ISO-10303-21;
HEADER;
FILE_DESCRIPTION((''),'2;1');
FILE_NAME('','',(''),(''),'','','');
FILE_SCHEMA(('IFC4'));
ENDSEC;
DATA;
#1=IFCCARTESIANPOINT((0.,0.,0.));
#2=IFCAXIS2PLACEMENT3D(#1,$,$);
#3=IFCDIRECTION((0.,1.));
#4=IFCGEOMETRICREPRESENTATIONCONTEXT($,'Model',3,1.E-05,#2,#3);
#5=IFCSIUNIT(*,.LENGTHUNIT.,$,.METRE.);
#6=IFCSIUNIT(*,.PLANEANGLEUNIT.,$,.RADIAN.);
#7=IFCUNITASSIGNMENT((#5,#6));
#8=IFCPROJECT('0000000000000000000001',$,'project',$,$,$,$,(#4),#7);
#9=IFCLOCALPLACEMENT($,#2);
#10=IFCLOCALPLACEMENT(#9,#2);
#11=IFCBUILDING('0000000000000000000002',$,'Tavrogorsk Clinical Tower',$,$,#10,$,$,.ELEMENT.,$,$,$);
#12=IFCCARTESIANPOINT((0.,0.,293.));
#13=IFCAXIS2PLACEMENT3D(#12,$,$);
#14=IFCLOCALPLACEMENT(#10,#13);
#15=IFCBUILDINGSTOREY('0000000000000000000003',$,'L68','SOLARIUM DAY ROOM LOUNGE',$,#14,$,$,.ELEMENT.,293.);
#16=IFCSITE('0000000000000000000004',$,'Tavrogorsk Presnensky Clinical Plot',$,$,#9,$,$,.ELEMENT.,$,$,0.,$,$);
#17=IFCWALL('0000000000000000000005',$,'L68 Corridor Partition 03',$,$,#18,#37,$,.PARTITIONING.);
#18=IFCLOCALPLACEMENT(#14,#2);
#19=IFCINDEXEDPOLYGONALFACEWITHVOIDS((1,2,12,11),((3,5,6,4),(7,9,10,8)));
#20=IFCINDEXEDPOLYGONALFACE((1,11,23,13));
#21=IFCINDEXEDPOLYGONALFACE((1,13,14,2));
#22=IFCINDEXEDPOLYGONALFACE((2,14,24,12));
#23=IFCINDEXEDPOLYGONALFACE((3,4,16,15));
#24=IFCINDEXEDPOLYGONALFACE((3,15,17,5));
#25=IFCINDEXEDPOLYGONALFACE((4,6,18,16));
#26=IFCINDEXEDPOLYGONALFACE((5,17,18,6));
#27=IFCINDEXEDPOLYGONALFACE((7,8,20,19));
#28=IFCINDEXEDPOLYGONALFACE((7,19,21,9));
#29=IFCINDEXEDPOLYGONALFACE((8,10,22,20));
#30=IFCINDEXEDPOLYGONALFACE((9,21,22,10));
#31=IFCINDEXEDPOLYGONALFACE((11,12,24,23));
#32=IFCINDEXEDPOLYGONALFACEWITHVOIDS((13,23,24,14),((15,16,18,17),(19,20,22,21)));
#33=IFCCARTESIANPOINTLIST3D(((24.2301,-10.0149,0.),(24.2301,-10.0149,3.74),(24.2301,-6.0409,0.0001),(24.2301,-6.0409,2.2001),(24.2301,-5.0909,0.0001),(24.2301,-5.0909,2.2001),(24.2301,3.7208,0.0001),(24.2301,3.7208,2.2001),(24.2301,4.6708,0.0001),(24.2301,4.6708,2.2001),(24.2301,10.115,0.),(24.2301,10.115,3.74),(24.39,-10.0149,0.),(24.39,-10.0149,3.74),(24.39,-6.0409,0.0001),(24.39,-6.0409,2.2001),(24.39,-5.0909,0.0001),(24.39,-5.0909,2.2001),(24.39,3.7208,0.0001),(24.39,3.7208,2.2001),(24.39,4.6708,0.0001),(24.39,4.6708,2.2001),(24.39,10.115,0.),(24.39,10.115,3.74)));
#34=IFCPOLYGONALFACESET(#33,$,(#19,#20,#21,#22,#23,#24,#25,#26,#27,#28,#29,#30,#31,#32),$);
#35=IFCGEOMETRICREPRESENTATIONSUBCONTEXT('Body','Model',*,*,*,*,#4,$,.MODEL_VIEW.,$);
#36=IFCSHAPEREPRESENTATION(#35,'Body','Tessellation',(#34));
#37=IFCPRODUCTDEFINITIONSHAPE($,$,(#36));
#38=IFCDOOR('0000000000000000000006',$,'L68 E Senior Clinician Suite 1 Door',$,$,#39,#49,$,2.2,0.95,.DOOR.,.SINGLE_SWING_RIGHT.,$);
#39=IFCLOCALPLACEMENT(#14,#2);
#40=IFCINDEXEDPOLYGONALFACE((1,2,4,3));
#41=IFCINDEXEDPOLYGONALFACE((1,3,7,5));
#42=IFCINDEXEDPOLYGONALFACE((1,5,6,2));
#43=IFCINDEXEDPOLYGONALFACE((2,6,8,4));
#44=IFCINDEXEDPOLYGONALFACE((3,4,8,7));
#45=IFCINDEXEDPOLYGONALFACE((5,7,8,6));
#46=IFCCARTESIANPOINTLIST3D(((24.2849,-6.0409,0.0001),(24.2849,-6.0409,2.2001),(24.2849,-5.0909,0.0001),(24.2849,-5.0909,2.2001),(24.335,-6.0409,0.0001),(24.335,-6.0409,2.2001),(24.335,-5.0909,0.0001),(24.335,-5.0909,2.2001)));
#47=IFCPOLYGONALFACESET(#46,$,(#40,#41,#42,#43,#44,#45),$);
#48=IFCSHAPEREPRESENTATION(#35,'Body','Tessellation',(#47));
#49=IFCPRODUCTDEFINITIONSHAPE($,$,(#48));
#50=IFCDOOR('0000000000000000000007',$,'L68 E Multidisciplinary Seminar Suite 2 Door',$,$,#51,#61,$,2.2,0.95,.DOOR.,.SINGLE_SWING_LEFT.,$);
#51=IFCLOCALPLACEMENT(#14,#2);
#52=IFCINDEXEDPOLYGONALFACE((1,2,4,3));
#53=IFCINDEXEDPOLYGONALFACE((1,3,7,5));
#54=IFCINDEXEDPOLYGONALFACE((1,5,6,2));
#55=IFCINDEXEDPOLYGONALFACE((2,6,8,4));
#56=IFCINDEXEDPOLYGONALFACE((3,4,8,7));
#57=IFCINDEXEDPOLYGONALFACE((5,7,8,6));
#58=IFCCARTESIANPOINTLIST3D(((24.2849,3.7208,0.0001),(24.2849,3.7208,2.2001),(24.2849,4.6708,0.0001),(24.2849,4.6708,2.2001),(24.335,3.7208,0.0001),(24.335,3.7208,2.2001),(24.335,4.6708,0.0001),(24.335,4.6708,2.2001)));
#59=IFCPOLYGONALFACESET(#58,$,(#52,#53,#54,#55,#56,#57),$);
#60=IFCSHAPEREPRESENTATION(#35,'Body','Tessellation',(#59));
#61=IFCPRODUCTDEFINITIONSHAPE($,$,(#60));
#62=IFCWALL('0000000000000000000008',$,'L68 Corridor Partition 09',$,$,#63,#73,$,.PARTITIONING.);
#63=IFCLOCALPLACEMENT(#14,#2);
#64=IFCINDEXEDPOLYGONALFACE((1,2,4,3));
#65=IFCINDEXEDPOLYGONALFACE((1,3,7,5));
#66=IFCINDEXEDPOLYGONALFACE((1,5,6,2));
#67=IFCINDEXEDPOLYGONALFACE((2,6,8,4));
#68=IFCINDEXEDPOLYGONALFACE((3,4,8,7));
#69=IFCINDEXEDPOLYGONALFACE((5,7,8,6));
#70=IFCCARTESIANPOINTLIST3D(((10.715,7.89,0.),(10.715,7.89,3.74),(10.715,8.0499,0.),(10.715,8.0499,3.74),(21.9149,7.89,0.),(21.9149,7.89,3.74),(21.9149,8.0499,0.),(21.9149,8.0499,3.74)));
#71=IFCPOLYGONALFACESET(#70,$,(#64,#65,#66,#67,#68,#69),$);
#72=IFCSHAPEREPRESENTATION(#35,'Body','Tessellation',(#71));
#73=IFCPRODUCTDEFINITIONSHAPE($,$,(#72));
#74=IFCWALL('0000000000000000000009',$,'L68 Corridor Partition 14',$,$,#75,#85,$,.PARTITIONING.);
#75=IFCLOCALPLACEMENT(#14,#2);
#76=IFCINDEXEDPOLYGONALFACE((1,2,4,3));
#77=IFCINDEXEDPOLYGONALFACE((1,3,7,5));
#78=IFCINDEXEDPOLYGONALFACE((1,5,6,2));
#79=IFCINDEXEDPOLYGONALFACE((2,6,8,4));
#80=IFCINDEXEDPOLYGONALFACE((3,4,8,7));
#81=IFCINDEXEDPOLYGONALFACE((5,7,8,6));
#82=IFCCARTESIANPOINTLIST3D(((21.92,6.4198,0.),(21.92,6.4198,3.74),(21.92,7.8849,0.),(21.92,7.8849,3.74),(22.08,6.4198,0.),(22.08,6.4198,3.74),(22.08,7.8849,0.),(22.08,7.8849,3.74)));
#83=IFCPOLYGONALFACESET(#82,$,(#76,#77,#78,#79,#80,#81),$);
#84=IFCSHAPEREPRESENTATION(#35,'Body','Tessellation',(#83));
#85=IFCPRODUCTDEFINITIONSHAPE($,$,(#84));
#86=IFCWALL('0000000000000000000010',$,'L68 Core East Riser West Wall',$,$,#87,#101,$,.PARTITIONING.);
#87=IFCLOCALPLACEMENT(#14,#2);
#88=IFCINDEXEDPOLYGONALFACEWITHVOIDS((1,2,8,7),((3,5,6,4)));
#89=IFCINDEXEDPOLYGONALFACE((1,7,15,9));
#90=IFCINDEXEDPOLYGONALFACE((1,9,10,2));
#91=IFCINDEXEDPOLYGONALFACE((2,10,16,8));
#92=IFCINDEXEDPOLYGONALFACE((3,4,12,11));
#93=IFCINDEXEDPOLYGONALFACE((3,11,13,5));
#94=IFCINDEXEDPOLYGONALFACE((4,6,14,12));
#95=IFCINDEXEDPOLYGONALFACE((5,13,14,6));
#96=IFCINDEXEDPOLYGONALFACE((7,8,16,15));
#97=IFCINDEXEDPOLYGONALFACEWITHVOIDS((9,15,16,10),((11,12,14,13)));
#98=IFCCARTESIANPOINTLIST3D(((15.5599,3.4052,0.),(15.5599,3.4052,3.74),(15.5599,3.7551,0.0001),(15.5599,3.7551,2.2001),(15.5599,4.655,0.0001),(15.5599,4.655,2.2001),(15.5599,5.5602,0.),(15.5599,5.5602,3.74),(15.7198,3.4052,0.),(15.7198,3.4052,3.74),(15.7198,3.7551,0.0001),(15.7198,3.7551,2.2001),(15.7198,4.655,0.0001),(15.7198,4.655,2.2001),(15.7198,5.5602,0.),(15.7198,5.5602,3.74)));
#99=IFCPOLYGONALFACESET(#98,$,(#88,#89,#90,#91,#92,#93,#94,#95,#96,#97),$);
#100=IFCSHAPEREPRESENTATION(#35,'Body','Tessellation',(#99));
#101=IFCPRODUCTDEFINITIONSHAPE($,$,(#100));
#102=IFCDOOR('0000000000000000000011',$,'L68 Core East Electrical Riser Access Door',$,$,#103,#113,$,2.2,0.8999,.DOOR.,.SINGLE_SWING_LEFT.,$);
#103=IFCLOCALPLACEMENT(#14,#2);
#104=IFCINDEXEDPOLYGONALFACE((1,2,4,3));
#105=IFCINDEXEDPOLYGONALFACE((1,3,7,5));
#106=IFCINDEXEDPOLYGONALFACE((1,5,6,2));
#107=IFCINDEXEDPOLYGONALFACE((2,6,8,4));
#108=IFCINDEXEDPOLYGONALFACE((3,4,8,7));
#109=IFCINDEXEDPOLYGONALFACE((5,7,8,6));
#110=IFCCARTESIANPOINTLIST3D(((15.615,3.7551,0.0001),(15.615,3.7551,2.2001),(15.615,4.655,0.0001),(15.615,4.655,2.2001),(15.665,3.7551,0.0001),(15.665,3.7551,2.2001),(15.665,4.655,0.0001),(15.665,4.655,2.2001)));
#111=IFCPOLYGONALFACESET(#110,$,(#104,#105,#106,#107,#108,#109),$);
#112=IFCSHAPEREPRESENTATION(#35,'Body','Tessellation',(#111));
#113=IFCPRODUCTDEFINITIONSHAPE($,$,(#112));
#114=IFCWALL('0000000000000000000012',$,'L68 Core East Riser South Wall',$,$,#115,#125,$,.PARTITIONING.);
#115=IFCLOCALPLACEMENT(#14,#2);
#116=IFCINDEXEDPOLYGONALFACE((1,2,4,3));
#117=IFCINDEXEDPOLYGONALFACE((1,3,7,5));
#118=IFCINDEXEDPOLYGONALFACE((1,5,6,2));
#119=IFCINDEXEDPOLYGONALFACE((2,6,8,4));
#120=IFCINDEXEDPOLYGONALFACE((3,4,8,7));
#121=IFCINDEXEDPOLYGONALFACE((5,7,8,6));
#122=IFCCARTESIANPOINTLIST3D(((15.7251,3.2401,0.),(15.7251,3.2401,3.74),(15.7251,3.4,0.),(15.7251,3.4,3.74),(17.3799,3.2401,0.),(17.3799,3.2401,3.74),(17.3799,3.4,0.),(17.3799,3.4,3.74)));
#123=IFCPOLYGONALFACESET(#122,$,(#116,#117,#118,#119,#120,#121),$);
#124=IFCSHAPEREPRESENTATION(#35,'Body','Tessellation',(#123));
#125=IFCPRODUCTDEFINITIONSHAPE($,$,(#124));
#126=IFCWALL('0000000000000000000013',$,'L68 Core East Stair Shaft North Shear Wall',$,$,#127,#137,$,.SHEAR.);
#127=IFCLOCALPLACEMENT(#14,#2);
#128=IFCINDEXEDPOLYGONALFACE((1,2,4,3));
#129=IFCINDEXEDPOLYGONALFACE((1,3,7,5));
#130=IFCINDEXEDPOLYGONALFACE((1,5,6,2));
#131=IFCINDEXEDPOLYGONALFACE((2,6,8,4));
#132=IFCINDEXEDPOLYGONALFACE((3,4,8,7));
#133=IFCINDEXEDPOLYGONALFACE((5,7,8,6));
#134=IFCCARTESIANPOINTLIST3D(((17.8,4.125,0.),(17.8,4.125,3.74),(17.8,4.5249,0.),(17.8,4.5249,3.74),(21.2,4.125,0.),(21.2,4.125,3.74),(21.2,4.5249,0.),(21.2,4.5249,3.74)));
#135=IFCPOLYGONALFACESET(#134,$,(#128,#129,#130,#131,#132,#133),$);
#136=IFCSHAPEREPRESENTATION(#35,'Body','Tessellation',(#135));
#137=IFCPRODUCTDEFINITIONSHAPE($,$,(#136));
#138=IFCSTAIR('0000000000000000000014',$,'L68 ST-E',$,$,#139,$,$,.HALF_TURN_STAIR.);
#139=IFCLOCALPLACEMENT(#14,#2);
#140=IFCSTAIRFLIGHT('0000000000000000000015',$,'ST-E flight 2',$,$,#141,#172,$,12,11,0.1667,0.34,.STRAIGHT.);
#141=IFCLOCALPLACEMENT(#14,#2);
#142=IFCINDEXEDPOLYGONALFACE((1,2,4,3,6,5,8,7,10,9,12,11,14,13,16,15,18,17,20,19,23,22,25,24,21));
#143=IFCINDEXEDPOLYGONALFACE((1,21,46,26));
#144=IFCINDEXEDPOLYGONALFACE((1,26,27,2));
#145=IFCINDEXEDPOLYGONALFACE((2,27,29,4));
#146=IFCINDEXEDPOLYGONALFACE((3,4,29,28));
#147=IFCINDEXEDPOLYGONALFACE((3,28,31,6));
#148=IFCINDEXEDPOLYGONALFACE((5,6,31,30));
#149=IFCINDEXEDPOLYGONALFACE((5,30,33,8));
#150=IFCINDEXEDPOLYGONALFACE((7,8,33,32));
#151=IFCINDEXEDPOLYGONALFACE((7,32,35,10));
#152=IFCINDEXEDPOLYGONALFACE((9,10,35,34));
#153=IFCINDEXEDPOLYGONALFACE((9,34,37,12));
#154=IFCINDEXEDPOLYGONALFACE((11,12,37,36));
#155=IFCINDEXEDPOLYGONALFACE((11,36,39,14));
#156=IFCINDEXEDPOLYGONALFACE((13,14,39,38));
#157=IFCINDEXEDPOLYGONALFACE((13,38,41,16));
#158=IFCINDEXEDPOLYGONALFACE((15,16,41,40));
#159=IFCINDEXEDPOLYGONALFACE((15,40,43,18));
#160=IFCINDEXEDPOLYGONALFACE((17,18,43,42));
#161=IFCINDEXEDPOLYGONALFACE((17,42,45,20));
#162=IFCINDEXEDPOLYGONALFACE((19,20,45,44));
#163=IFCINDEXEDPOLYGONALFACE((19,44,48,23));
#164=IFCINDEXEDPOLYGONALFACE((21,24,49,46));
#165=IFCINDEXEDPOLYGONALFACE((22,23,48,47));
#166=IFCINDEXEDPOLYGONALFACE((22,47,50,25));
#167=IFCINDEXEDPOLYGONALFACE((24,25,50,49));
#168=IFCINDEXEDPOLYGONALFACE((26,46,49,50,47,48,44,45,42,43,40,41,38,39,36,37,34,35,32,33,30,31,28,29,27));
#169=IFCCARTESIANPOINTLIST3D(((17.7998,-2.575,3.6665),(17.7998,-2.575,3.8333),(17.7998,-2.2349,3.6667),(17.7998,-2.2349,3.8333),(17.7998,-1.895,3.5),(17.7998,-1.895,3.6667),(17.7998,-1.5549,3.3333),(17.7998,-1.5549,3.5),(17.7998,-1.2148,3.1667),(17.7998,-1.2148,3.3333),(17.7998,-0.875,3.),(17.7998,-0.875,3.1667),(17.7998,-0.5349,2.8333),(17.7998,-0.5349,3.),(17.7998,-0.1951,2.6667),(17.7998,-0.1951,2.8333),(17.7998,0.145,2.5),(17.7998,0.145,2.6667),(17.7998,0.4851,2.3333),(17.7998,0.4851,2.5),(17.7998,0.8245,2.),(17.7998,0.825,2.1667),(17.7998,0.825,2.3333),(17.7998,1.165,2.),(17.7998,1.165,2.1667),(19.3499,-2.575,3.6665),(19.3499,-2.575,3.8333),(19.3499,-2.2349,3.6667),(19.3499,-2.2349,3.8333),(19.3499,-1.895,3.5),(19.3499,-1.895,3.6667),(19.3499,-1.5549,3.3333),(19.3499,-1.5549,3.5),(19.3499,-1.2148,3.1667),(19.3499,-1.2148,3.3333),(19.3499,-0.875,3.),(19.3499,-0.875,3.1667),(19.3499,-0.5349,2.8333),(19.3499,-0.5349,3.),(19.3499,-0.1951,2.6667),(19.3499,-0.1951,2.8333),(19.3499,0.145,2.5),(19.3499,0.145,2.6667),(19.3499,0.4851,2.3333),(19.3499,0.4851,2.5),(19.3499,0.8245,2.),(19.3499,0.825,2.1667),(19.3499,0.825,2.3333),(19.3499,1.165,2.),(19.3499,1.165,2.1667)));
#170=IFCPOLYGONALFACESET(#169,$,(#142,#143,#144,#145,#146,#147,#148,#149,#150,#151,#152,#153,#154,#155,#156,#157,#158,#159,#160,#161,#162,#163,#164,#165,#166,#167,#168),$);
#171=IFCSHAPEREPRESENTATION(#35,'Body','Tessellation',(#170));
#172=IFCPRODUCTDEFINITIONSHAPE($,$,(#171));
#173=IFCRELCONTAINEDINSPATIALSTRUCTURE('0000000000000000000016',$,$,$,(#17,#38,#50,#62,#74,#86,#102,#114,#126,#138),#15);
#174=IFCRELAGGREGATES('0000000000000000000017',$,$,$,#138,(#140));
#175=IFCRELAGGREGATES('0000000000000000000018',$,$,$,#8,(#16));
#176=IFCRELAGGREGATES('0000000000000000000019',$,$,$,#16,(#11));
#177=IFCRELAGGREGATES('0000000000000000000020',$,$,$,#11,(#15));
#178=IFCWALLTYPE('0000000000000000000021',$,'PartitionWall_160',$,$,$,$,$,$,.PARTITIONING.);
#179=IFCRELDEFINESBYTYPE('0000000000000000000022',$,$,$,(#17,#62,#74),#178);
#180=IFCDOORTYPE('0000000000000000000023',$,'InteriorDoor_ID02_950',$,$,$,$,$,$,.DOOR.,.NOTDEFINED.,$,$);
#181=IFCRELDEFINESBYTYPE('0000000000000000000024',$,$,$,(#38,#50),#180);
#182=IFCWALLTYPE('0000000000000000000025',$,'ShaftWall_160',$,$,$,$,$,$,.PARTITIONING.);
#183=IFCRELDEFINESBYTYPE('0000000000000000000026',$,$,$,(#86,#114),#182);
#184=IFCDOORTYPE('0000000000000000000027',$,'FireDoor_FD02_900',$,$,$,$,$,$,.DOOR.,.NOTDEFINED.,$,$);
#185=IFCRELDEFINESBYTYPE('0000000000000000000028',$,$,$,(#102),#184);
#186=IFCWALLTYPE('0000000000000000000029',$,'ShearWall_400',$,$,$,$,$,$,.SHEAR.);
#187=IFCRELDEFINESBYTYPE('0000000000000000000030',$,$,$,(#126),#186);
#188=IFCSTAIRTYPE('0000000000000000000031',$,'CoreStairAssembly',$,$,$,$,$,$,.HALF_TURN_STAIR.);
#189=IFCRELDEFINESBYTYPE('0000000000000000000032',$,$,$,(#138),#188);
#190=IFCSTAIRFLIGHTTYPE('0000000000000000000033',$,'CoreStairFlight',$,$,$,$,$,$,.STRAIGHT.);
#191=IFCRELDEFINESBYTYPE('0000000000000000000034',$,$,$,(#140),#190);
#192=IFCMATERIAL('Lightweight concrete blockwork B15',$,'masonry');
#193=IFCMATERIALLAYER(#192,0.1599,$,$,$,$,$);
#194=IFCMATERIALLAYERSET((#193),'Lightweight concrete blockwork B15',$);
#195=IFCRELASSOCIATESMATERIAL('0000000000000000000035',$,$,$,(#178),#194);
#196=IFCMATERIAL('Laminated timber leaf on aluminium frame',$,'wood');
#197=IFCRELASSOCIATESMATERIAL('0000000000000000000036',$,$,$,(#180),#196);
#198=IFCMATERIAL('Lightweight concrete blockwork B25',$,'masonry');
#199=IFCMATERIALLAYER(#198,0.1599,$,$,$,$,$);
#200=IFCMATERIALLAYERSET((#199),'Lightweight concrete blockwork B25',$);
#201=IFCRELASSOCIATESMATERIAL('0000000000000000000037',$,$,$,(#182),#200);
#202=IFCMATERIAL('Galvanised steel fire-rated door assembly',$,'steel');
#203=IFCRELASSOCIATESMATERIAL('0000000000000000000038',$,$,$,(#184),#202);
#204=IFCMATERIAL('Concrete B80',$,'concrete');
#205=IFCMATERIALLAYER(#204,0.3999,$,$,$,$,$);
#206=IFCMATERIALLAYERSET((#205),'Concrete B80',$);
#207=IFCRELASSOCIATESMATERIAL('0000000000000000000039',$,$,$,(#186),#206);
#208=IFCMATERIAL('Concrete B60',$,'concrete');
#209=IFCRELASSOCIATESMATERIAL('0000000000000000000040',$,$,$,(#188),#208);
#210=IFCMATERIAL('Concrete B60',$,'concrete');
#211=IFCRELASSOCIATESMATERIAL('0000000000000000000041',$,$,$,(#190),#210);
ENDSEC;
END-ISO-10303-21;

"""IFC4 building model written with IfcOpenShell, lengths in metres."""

from ifc_helpers import new_model, si_unit, direction, frame, frame_2d, origin, place, context, subcontext, project, spatial, polyline, rectangle, outline, extrude, material, layer, layer_set, type_object, element, fill, aggregate, save


model = new_model("IFC4")

# Units and contexts
model_context = context("Model", 3, precision=1e-05, world=origin(), true_north=direction((0.0, 1.0)))
body_context = subcontext(model_context, "Body", "Model", "MODEL_VIEW")
ifc_project = project(units=[si_unit("LENGTHUNIT", "METRE"), si_unit("PLANEANGLEUNIT", "RADIAN")], contexts=[model_context])

# Site, building, storey
site_placement = place(None, origin())
site = spatial("IfcSite", under=ifc_project, at=site_placement, Name="Tavrogorsk Presnensky Clinical Plot", CompositionType="ELEMENT", RefElevation=0.0)
building_placement = place(site_placement, origin())
building = spatial("IfcBuilding", under=site, at=building_placement, Name="Tavrogorsk Clinical Tower", CompositionType="ELEMENT")
storey_placement = place(building_placement, frame((0.0, 0.0, 293.0)))
storey = spatial("IfcBuildingStorey", under=building, at=storey_placement, Name="L68", Description="SOLARIUM DAY ROOM LOUNGE", CompositionType="ELEMENT", Elevation=293.0)

# Wall, openings, doors
ifc_material_1 = material(Name="Lightweight concrete blockwork B15", Category="masonry")
ifc_layer_1 = layer(ifc_material_1, 0.1599)
ifc_layer_set_1 = layer_set([ifc_layer_1], Name="Lightweight concrete blockwork B15")
wall_type_1 = type_object("IfcWallType", Name="PartitionWall_160", PredefinedType="PARTITIONING", material=ifc_layer_set_1)
wall_1_placement = place(storey_placement, frame((24.3101, 10.115, 0.0), z_axis=(0.0, 0.0, 1.0), x_axis=(0.0, -1.0, 0.0)))
wall_1 = element("IfcWall", 1, at=wall_1_placement, inside=storey, type_object=wall_type_1, Name="L68 Corridor Partition 03", PredefinedType="PARTITIONING", context=body_context, shape_type="SweptSolid", body=[
    extrude(rectangle(XDim=20.1299, YDim=0.1599, at=frame_2d((10.0649, 0.0))), origin(), (0.0, 0.0, 1.0), 3.74),
])
opening_1_placement = place(wall_1_placement, frame((15.2058, 0.0, 0.0)))
opening_1 = element("IfcOpeningElement", 2, at=opening_1_placement, cuts=wall_1, PredefinedType="OPENING", context=body_context, shape_type="SweptSolid", body=[
    extrude(rectangle(XDim=0.95, YDim=2.2, at=frame_2d((0.4751, 1.1001))), frame((0.0, 0.0898, 0.0), z_axis=(0.0, -1.0, 0.0), x_axis=(1.0, 0.0, 0.0)), (0.0, 0.0, 1.0), 0.1799),
])
opening_2_placement = place(wall_1_placement, frame((5.4441, 0.0, 0.0)))
opening_2 = element("IfcOpeningElement", 3, at=opening_2_placement, cuts=wall_1, PredefinedType="OPENING", context=body_context, shape_type="SweptSolid", body=[
    extrude(rectangle(XDim=0.95, YDim=2.2, at=frame_2d((0.4751, 1.1001))), frame((0.0, 0.0898, 0.0), z_axis=(0.0, -1.0, 0.0), x_axis=(1.0, 0.0, 0.0)), (0.0, 0.0, 1.0), 0.1799),
])
ifc_material_2 = material(Name="Laminated timber leaf on aluminium frame", Category="wood")
door_type_1 = type_object("IfcDoorType", Name="InteriorDoor_ID02_950", OperationType="NOTDEFINED", PredefinedType="DOOR", material=ifc_material_2)
door_1_placement = place(opening_1_placement, origin())
door_1 = element("IfcDoor", 4, at=door_1_placement, inside=storey, type_object=door_type_1, Name="L68 E Senior Clinician Suite 1 Door", OperationType="SINGLE_SWING_RIGHT", OverallHeight=2.2, OverallWidth=0.95, PredefinedType="DOOR", context=body_context, shape_type="SweptSolid", body=[
    extrude(rectangle(XDim=0.95, YDim=2.2, at=frame_2d((0.4751, 1.1001))), frame((0.0, 0.0249, 0.0), z_axis=(0.0, -1.0, 0.0), x_axis=(1.0, 0.0, 0.0)), (0.0, 0.0, 1.0), 0.05),
])
fill(opening_1, door_1)
door_2_placement = place(opening_2_placement, origin())
door_2 = element("IfcDoor", 5, at=door_2_placement, inside=storey, type_object=door_type_1, Name="L68 E Multidisciplinary Seminar Suite 2 Door", OperationType="SINGLE_SWING_LEFT", OverallHeight=2.2, OverallWidth=0.95, PredefinedType="DOOR", context=body_context, shape_type="SweptSolid", body=[
    extrude(rectangle(XDim=0.95, YDim=2.2, at=frame_2d((0.4751, 1.1001))), frame((0.0, 0.0249, 0.0), z_axis=(0.0, -1.0, 0.0), x_axis=(1.0, 0.0, 0.0)), (0.0, 0.0, 1.0), 0.05),
])
fill(opening_2, door_2)

# Walls
wall_2_placement = place(storey_placement, frame((21.915, 7.97, 0.0), z_axis=(0.0, 0.0, 1.0), x_axis=(-1.0, 0.0, 0.0)))
element("IfcWall", 6, at=wall_2_placement, inside=storey, type_object=wall_type_1, Name="L68 Corridor Partition 09", PredefinedType="PARTITIONING", context=body_context, shape_type="SweptSolid", body=[
    extrude(rectangle(XDim=11.2, YDim=0.1599, at=frame_2d((5.6001, 0.0))), origin(), (0.0, 0.0, 1.0), 3.74),
])
wall_3_placement = place(storey_placement, frame((22.0, 6.4199, 0.0), z_axis=(0.0, 0.0, 1.0), x_axis=(0.0, 1.0, 0.0)))
element("IfcWall", 7, at=wall_3_placement, inside=storey, type_object=wall_type_1, Name="L68 Corridor Partition 14", PredefinedType="PARTITIONING", context=body_context, shape_type="SweptSolid", body=[
    extrude(rectangle(XDim=1.4651, YDim=0.1599, at=frame_2d((0.7324, 0.0))), origin(), (0.0, 0.0, 1.0), 3.74),
])

# Wall, opening, door
ifc_material_3 = material(Name="Lightweight concrete blockwork B25", Category="masonry")
ifc_layer_2 = layer(ifc_material_3, 0.1599)
ifc_layer_set_2 = layer_set([ifc_layer_2], Name="Lightweight concrete blockwork B25")
wall_type_2 = type_object("IfcWallType", Name="ShaftWall_160", PredefinedType="PARTITIONING", material=ifc_layer_set_2)
wall_4_placement = place(storey_placement, frame((15.6399, 3.405, 0.0), z_axis=(0.0, 0.0, 1.0), x_axis=(0.0, 1.0, 0.0)))
wall_4 = element("IfcWall", 8, at=wall_4_placement, inside=storey, type_object=wall_type_2, Name="L68 Core East Riser West Wall", PredefinedType="PARTITIONING", context=body_context, shape_type="SweptSolid", body=[
    extrude(rectangle(XDim=2.155, YDim=0.1599, at=frame_2d((1.0776, 0.0))), origin(), (0.0, 0.0, 1.0), 3.74),
])
opening_3_placement = place(wall_4_placement, frame((0.3501, 0.0, 0.0)))
opening_3 = element("IfcOpeningElement", 9, at=opening_3_placement, cuts=wall_4, PredefinedType="OPENING", context=body_context, shape_type="SweptSolid", body=[
    extrude(rectangle(XDim=0.8999, YDim=2.2, at=frame_2d((0.45, 1.1001))), frame((0.0, 0.0898, 0.0), z_axis=(0.0, -1.0, 0.0), x_axis=(1.0, 0.0, 0.0)), (0.0, 0.0, 1.0), 0.1799),
])
ifc_material_4 = material(Name="Galvanised steel fire-rated door assembly", Category="steel")
door_type_2 = type_object("IfcDoorType", Name="FireDoor_FD02_900", OperationType="NOTDEFINED", PredefinedType="DOOR", material=ifc_material_4)
door_3_placement = place(opening_3_placement, origin())
door_3 = element("IfcDoor", 10, at=door_3_placement, inside=storey, type_object=door_type_2, Name="L68 Core East Electrical Riser Access Door", OperationType="SINGLE_SWING_LEFT", OverallHeight=2.2, OverallWidth=0.8999, PredefinedType="DOOR", context=body_context, shape_type="SweptSolid", body=[
    extrude(rectangle(XDim=0.8999, YDim=2.2, at=frame_2d((0.45, 1.1001))), frame((0.0, 0.0249, 0.0), z_axis=(0.0, -1.0, 0.0), x_axis=(1.0, 0.0, 0.0)), (0.0, 0.0, 1.0), 0.05),
])
fill(opening_3, door_3)

# Walls
wall_5_placement = place(storey_placement, frame((15.7251, 3.3201, 0.0), z_axis=(0.0, 0.0, 1.0), x_axis=(1.0, 0.0, 0.0)))
element("IfcWall", 11, at=wall_5_placement, inside=storey, type_object=wall_type_2, Name="L68 Core East Riser South Wall", PredefinedType="PARTITIONING", context=body_context, shape_type="SweptSolid", body=[
    extrude(rectangle(XDim=1.6548, YDim=0.1599, at=frame_2d((0.8274, 0.0))), origin(), (0.0, 0.0, 1.0), 3.74),
])
ifc_material_5 = material(Name="Concrete B80", Category="concrete")
ifc_layer_3 = layer(ifc_material_5, 0.3999)
ifc_layer_set_3 = layer_set([ifc_layer_3], Name="Concrete B80")
wall_type_3 = type_object("IfcWallType", Name="ShearWall_400", PredefinedType="SHEAR", material=ifc_layer_set_3)
wall_6_placement = place(storey_placement, frame((17.8, 4.325, 0.0), z_axis=(0.0, 0.0, 1.0), x_axis=(1.0, 0.0, 0.0)))
element("IfcWall", 12, at=wall_6_placement, inside=storey, type_object=wall_type_3, Name="L68 Core East Stair Shaft North Shear Wall", PredefinedType="SHEAR", context=body_context, shape_type="SweptSolid", body=[
    extrude(rectangle(XDim=3.3999, YDim=0.3999, at=frame_2d((1.7, 0.0))), origin(), (0.0, 0.0, 1.0), 3.74),
])

# Stair, stair flight
ifc_material_6 = material(Name="Concrete B60", Category="concrete")
stair_type = type_object("IfcStairType", Name="CoreStairAssembly", PredefinedType="HALF_TURN_STAIR", material=ifc_material_6)
stair_placement = place(storey_placement, origin())
stair = element("IfcStair", 13, at=stair_placement, inside=storey, type_object=stair_type, Name="L68 ST-E", PredefinedType="HALF_TURN_STAIR")
ifc_material_7 = material(Name="Concrete B60", Category="concrete")
stair_flight_type = type_object("IfcStairFlightType", Name="CoreStairFlight", PredefinedType="STRAIGHT", material=ifc_material_7)
stair_flight_placement = place(storey_placement, frame((18.575, 1.165, 2.0), z_axis=(0.0, 0.0, 1.0), x_axis=(0.0, -1.0, 0.0)))
stair_flight = element("IfcStairFlight", 14, at=stair_flight_placement, type_object=stair_flight_type, Name="ST-E flight 2", NumberOfRisers=12, NumberOfTreads=11, PredefinedType="STRAIGHT", RiserHeight=0.1667, TreadLength=0.34, context=body_context, shape_type="SweptSolid", body=[
    extrude(outline(polyline([(0.0, 0.0), (0.0, 0.1667), (0.3401, 0.1667), (0.3401, 0.3333), (0.6799, 0.3333), (0.6799, 0.5), (1.02, 0.5), (1.02, 0.6667), (1.3601, 0.6667), (1.3601, 0.8333), (1.7, 0.8333), (1.7, 1.0), (2.04, 1.0), (2.04, 1.1667), (2.3799, 1.1667), (2.3799, 1.3333), (2.72, 1.3333), (2.72, 1.5), (3.0601, 1.5), (3.0601, 1.6667), (3.3999, 1.6667), (3.3999, 1.8333), (3.74, 1.8333), (3.74, 2.0), (3.74, 1.6665), (0.3406, 0.0), (0.0, 0.0)])), frame((0.0, 0.7749, 0.0), z_axis=(0.0, -1.0, 0.0), x_axis=(1.0, 0.0, 0.0)), (0.0, 0.0, 1.0), 1.55),
])
aggregate(stair, [stair_flight])

save(model, "model.ifc")
